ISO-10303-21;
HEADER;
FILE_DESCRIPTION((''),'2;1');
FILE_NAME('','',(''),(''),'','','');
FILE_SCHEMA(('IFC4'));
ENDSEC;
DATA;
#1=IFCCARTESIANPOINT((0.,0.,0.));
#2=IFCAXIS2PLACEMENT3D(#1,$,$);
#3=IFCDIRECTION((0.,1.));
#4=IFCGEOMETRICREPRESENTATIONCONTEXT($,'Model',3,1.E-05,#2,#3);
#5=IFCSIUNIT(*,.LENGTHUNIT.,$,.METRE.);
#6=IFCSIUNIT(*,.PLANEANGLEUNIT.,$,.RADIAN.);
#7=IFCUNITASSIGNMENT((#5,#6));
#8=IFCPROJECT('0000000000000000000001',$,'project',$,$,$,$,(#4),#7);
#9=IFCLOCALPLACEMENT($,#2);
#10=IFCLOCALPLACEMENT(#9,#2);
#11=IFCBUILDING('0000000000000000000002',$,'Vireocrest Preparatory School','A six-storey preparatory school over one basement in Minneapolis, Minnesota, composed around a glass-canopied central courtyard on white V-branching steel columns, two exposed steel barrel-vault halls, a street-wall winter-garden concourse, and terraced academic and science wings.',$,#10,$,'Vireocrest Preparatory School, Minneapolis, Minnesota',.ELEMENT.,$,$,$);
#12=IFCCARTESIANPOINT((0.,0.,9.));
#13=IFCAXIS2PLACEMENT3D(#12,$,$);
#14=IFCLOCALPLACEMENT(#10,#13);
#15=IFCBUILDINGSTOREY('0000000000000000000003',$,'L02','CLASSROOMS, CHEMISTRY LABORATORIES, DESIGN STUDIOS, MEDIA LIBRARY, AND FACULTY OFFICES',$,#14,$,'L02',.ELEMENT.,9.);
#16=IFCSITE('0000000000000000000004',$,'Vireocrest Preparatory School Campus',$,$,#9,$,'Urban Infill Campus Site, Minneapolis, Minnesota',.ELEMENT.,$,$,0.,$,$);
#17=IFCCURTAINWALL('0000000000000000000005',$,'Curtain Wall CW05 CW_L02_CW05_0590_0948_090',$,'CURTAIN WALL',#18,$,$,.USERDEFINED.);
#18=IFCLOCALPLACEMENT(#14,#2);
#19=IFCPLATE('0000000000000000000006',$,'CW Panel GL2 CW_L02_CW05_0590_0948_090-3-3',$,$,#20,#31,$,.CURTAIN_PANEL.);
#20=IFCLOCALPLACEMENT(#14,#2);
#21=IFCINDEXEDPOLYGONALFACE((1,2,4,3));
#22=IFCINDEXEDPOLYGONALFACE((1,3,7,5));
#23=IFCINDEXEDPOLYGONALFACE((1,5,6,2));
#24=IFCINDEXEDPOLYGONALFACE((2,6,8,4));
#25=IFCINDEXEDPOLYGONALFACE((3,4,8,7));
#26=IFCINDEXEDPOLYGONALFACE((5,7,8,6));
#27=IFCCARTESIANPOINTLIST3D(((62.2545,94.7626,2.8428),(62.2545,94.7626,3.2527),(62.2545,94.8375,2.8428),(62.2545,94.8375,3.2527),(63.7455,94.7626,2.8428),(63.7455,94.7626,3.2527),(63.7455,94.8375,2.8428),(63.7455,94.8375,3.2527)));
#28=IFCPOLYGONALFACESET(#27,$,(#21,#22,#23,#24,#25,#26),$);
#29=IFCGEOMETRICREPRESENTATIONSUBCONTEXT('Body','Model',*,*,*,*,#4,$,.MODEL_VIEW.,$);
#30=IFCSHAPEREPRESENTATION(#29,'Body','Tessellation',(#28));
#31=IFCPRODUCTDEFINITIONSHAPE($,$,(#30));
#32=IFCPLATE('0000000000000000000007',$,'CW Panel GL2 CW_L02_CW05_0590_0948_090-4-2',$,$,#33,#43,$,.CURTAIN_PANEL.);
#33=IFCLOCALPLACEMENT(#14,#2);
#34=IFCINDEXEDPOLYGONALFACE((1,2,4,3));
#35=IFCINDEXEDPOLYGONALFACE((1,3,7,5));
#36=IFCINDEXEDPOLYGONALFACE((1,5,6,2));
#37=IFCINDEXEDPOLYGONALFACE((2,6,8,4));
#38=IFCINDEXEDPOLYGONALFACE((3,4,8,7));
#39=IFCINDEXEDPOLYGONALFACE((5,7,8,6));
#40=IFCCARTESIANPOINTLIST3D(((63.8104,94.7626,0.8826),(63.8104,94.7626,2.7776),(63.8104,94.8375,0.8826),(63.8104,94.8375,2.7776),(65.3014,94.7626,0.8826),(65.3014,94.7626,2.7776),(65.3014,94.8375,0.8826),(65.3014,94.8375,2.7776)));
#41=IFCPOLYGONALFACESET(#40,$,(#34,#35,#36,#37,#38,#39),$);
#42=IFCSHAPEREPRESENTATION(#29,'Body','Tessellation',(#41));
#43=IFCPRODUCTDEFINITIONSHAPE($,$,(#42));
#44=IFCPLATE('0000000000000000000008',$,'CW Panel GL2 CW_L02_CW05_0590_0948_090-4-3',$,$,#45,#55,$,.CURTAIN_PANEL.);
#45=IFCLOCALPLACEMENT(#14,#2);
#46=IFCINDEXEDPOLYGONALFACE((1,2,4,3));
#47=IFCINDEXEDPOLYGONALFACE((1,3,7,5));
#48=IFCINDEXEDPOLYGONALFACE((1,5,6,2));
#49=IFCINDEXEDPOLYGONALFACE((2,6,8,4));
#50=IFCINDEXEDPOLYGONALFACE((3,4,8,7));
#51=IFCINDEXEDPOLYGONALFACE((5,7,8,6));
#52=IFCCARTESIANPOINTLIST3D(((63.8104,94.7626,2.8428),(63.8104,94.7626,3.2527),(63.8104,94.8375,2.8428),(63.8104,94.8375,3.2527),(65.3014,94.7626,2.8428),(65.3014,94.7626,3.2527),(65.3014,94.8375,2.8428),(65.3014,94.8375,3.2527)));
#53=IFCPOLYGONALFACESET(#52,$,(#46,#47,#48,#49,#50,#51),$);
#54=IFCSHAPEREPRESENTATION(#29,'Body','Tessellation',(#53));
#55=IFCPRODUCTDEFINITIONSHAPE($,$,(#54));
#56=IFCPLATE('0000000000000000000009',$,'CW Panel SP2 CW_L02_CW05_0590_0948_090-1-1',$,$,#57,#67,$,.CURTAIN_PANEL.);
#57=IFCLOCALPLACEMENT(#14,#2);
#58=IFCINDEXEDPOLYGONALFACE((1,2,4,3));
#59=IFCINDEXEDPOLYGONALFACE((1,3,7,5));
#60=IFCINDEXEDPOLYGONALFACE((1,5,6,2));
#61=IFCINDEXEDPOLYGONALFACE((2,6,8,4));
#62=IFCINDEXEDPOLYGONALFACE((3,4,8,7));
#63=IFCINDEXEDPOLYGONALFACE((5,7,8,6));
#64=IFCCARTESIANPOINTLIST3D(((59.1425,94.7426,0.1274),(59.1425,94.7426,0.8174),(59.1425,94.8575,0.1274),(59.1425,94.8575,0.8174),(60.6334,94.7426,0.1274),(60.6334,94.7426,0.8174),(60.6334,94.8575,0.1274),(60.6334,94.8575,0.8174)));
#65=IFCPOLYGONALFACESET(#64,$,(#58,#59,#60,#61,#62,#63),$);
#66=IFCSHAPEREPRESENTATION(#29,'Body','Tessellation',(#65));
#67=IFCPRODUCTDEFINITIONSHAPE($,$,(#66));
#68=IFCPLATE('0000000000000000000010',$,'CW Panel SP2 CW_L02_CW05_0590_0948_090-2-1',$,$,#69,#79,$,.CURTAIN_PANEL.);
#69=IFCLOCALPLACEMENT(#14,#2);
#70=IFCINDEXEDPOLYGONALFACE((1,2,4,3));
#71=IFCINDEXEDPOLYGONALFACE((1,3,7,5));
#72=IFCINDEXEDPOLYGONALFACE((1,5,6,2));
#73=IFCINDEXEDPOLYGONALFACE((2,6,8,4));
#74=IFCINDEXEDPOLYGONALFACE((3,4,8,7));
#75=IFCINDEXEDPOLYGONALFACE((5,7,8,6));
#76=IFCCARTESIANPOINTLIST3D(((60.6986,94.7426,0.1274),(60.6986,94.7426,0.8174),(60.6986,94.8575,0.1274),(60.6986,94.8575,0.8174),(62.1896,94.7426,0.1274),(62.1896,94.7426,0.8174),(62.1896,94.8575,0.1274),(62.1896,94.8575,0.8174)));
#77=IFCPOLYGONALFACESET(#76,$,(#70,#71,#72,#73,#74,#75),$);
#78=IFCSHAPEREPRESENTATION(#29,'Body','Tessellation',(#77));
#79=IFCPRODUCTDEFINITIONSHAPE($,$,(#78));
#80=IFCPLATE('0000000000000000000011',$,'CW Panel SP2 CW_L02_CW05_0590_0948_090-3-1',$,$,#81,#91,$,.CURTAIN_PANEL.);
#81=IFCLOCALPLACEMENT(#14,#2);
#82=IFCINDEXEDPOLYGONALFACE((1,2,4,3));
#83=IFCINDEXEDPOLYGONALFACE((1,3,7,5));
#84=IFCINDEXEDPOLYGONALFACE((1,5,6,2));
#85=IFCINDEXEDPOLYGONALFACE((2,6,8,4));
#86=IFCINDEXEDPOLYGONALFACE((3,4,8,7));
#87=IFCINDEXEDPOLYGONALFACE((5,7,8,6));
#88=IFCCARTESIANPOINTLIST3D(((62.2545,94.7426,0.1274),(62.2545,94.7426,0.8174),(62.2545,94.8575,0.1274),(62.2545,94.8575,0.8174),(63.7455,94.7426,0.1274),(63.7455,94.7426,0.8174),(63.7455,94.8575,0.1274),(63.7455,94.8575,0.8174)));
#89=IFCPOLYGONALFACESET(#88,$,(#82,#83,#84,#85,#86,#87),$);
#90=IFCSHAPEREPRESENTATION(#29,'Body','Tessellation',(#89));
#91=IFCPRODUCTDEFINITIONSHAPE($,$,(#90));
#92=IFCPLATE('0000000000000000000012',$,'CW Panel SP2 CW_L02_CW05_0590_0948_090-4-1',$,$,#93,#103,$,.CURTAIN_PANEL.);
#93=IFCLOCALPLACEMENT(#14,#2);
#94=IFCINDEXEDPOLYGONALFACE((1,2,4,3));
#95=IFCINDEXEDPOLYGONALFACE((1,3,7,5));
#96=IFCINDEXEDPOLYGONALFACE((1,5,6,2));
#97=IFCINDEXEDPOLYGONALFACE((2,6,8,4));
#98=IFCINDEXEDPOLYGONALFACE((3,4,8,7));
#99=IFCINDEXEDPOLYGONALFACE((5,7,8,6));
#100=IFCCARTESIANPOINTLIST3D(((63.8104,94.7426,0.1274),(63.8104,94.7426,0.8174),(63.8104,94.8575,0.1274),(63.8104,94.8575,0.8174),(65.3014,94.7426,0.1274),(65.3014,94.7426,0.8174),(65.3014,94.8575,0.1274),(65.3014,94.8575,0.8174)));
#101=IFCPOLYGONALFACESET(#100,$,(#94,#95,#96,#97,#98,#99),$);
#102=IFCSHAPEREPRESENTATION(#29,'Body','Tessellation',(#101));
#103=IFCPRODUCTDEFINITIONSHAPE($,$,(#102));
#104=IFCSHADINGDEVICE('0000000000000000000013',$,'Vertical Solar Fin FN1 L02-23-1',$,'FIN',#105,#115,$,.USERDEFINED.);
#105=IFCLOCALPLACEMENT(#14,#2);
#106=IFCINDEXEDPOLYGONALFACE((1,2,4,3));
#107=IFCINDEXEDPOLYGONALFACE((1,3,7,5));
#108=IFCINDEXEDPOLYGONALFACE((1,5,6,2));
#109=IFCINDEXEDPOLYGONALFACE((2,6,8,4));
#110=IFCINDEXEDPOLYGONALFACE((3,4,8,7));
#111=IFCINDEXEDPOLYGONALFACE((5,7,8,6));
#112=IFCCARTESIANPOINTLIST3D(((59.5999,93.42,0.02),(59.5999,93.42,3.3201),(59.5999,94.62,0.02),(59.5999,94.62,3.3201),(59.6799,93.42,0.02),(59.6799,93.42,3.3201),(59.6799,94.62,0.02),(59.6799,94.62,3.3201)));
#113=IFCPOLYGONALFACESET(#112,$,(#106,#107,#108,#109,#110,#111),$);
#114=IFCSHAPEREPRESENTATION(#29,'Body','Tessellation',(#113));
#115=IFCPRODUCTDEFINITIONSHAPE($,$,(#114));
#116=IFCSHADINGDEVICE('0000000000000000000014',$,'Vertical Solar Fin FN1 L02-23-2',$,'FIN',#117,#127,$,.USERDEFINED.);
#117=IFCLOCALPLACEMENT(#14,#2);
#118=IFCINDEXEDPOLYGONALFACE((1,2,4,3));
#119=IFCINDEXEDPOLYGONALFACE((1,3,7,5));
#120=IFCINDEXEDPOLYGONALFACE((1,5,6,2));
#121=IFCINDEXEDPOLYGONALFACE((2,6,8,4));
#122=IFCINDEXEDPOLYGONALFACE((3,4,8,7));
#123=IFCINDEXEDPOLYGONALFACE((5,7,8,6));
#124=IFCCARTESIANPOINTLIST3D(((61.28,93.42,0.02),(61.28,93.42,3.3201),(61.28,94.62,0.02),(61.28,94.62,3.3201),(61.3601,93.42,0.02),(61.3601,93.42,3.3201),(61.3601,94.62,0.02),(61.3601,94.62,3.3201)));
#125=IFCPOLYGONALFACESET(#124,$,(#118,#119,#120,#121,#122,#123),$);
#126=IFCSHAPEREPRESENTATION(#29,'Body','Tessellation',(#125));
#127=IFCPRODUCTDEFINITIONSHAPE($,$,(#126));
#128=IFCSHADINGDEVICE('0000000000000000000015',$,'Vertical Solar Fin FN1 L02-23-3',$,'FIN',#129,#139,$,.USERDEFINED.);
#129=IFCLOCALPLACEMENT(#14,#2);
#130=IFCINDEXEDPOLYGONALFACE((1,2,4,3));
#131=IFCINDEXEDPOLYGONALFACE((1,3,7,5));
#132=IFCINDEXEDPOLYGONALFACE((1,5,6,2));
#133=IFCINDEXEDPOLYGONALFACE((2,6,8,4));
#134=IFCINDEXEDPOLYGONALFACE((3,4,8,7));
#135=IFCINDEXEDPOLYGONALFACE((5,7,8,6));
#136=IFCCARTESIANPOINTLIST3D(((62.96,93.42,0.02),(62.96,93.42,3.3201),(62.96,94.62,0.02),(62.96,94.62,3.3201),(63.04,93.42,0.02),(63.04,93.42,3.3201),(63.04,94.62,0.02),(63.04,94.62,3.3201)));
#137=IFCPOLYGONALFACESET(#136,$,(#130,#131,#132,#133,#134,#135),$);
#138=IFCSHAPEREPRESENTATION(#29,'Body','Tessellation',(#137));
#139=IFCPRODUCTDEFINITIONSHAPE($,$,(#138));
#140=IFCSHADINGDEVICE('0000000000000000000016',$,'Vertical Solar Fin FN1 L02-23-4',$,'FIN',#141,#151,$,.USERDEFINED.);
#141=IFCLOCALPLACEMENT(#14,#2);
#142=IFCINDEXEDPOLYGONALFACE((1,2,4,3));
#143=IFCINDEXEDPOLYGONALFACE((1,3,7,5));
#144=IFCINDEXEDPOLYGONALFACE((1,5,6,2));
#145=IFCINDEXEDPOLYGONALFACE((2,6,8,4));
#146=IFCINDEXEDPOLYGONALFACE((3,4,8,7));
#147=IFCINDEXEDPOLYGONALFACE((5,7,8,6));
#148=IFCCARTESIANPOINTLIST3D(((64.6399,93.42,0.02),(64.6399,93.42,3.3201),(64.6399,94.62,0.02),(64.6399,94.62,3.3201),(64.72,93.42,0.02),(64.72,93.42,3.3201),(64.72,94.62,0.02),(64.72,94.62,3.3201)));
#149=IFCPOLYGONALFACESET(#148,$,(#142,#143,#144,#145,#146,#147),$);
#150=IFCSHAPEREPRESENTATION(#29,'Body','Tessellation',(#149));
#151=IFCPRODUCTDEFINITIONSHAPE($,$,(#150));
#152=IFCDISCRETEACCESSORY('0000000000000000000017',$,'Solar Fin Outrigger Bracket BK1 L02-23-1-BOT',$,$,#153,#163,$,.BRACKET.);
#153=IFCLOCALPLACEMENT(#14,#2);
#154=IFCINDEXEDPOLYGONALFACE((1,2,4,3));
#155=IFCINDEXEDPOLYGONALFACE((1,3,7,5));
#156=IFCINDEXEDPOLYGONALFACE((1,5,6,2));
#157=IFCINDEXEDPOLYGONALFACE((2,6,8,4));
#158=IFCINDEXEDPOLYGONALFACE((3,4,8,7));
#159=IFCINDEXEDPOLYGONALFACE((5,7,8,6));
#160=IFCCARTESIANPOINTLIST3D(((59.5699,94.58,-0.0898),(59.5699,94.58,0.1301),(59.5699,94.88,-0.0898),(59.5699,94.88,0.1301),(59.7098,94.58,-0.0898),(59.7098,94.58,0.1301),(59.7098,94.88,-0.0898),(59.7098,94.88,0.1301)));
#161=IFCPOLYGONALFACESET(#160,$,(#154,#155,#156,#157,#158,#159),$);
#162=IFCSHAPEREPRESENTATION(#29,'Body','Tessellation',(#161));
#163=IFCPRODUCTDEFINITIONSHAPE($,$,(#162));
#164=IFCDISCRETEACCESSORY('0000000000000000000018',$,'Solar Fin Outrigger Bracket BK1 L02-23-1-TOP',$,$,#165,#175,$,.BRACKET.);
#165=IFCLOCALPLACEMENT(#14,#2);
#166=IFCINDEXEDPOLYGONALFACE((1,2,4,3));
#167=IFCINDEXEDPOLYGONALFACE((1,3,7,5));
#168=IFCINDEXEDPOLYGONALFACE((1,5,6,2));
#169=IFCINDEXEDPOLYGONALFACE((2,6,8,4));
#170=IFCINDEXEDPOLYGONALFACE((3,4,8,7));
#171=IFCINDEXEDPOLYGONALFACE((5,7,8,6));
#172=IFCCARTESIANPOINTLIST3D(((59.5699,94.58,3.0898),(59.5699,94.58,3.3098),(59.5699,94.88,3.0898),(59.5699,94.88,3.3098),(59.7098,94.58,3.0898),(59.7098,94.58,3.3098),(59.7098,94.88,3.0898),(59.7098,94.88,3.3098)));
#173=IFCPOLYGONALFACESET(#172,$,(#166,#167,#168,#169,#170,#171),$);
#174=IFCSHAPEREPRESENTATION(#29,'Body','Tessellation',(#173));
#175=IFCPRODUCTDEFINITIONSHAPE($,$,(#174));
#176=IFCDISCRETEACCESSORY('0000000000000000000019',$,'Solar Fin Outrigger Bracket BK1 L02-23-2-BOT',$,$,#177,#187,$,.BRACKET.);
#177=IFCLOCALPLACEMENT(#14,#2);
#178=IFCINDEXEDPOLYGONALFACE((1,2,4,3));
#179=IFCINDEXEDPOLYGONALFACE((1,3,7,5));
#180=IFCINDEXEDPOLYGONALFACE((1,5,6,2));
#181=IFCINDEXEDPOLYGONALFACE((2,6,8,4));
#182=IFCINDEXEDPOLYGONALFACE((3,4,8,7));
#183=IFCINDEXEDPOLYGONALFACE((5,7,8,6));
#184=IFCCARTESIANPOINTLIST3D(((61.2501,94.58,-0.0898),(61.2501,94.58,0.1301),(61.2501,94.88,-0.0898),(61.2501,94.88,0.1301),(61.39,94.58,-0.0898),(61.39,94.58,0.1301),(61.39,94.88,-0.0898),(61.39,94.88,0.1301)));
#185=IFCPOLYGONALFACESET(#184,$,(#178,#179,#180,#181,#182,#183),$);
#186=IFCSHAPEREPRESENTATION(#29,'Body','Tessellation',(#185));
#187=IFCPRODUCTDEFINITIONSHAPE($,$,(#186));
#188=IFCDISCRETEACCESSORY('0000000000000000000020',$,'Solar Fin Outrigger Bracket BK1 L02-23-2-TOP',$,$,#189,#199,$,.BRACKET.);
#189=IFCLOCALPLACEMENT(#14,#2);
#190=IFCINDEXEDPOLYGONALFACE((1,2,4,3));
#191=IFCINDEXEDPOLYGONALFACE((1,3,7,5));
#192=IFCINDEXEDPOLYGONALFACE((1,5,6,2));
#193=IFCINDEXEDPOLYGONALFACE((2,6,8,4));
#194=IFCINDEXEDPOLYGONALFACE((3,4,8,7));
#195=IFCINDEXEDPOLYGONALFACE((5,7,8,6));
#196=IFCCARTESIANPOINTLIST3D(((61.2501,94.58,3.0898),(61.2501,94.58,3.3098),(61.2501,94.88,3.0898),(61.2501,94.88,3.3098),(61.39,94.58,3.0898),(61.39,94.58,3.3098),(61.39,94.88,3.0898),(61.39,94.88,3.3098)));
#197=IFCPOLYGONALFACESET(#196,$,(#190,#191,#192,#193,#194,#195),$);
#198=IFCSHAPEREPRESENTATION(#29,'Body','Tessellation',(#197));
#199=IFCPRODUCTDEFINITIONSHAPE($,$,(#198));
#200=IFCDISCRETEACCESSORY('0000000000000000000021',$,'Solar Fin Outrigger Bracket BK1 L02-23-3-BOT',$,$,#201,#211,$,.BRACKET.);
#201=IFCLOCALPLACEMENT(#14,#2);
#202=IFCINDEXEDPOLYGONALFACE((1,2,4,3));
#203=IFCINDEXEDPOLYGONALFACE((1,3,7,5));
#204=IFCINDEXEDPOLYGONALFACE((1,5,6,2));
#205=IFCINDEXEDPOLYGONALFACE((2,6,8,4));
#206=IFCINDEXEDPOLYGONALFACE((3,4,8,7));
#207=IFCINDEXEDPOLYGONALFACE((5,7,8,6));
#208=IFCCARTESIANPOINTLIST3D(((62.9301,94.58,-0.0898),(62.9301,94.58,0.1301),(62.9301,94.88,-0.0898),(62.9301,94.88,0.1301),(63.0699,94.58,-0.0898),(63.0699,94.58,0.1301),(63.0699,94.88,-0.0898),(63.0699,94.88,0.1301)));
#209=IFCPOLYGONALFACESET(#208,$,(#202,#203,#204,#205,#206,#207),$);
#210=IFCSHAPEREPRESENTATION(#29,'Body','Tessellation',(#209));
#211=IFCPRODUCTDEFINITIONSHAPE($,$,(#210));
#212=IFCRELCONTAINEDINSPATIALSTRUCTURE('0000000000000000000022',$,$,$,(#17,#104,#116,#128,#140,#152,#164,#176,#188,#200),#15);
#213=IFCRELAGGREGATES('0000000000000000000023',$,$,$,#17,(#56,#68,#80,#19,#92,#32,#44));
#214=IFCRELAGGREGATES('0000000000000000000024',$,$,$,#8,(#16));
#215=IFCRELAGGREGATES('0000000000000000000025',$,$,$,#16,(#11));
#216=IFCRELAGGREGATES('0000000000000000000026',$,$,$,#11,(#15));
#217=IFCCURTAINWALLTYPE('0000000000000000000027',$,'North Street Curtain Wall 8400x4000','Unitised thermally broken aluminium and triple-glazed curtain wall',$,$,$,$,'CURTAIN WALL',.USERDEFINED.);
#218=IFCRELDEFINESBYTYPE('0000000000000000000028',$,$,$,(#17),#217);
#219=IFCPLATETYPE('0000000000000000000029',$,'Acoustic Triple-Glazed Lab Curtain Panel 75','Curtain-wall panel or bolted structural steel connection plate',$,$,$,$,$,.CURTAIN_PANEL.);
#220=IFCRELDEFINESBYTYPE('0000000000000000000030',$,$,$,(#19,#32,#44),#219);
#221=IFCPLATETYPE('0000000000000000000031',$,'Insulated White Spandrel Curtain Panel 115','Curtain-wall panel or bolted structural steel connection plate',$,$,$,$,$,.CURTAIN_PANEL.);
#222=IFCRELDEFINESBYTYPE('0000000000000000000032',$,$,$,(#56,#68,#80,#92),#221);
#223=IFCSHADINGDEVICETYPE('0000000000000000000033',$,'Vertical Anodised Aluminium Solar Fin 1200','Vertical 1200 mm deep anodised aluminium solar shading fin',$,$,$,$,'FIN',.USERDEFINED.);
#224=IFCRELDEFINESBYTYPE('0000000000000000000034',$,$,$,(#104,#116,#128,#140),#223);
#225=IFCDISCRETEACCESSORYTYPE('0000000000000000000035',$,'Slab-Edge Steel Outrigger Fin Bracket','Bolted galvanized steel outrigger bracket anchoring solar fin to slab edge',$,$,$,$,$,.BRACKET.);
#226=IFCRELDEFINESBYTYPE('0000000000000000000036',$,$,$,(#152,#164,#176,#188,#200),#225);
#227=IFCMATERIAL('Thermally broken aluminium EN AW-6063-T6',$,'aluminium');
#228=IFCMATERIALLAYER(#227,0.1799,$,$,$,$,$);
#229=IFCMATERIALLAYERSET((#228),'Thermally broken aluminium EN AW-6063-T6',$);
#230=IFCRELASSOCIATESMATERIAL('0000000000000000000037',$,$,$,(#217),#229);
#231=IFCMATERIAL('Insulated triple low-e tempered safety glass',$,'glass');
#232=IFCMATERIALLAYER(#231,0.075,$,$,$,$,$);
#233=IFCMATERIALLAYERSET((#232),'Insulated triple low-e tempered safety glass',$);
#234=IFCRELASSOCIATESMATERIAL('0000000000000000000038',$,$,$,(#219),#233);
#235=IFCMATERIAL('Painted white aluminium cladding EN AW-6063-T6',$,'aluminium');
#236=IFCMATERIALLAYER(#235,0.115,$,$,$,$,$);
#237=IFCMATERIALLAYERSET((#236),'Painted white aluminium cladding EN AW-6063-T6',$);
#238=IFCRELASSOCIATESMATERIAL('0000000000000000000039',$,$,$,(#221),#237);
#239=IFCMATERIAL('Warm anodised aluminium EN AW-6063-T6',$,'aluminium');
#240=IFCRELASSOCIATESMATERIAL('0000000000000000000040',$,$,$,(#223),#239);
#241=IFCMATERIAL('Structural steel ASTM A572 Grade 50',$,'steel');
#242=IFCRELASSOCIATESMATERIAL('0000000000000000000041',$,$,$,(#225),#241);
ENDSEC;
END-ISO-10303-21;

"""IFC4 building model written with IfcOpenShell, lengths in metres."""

from ifc_helpers import new_model, si_unit, direction, frame, origin, origin_2d, place, context, subcontext, project, spatial, rectangle, extrude, material, layer, layer_set, material_profile, profile_set, type_object, element, aggregate, save


model = new_model("IFC4")

# Units and contexts
model_context = context("Model", 3, precision=1e-05, world=origin(), true_north=direction((0.0, 1.0)))
body_context = subcontext(model_context, "Body", "Model", "MODEL_VIEW")
ifc_project = project(units=[si_unit("LENGTHUNIT", "METRE"), si_unit("PLANEANGLEUNIT", "RADIAN")], contexts=[model_context])

# Site, building, storey
site_placement = place(None, origin())
site = spatial("IfcSite", under=ifc_project, at=site_placement, Name="Vireocrest Preparatory School Campus", LongName="Urban Infill Campus Site, Minneapolis, Minnesota", CompositionType="ELEMENT", RefElevation=0.0)
building_placement = place(site_placement, origin())
building = spatial("IfcBuilding", under=site, at=building_placement, Name="Vireocrest Preparatory School", Description="A six-storey preparatory school over one basement in Minneapolis, Minnesota, composed around a glass-canopied central courtyard on white V-branching steel columns, two exposed steel barrel-vault halls, a street-wall winter-garden concourse, and terraced academic and science wings.", LongName="Vireocrest Preparatory School, Minneapolis, Minnesota", CompositionType="ELEMENT")
storey_placement = place(building_placement, frame((0.0, 0.0, 9.0)))
storey = spatial("IfcBuildingStorey", under=building, at=storey_placement, Name="L02", Description="CLASSROOMS, CHEMISTRY LABORATORIES, DESIGN STUDIOS, MEDIA LIBRARY, AND FACULTY OFFICES", LongName="L02", CompositionType="ELEMENT", Elevation=9.0)

# Curtain wall
ifc_material_1 = material(Name="Thermally broken aluminium EN AW-6063-T6", Category="aluminium")
ifc_layer_1 = layer(ifc_material_1, 0.1799)
ifc_layer_set_1 = layer_set([ifc_layer_1], Name="Thermally broken aluminium EN AW-6063-T6")
curtain_wall_type = type_object("IfcCurtainWallType", Name="North Street Curtain Wall 8400x4000", Description="Unitised thermally broken aluminium and triple-glazed curtain wall", ElementType="CURTAIN WALL", PredefinedType="USERDEFINED", material=ifc_layer_set_1)
curtain_wall_placement = place(storey_placement, origin())
curtain_wall = element("IfcCurtainWall", 1, at=curtain_wall_placement, inside=storey, type_object=curtain_wall_type, Name="Curtain Wall CW05 CW_L02_CW05_0590_0948_090", ObjectType="CURTAIN WALL", PredefinedType="USERDEFINED")

# Plates
ifc_material_2 = material(Name="Insulated triple low-e tempered safety glass", Category="glass")
ifc_layer_2 = layer(ifc_material_2, 0.075)
ifc_layer_set_2 = layer_set([ifc_layer_2], Name="Insulated triple low-e tempered safety glass")
plate_type_1 = type_object("IfcPlateType", Name="Acoustic Triple-Glazed Lab Curtain Panel 75", Description="Curtain-wall panel or bolted structural steel connection plate", PredefinedType="CURTAIN_PANEL", material=ifc_layer_set_2)
plate_1_placement = place(storey_placement, frame((63.0, 94.8, 2.8428), z_axis=(0.0, 0.0, 1.0), x_axis=(1.0, 0.0, 0.0)))
plate_1 = element("IfcPlate", 2, at=plate_1_placement, type_object=plate_type_1, Name="CW Panel GL2 CW_L02_CW05_0590_0948_090-3-3", PredefinedType="CURTAIN_PANEL", context=body_context, shape_type="SweptSolid", body=[
    extrude(rectangle(XDim=1.491, YDim=0.075, at=origin_2d()), origin(), (0.0, 0.0, 1.0), 0.4099),
])
plate_2_placement = place(storey_placement, frame((64.5559, 94.8, 0.8826), z_axis=(0.0, 0.0, 1.0), x_axis=(1.0, 0.0, 0.0)))
plate_2 = element("IfcPlate", 3, at=plate_2_placement, type_object=plate_type_1, Name="CW Panel GL2 CW_L02_CW05_0590_0948_090-4-2", PredefinedType="CURTAIN_PANEL", context=body_context, shape_type="SweptSolid", body=[
    extrude(rectangle(XDim=1.491, YDim=0.075, at=origin_2d()), origin(), (0.0, 0.0, 1.0), 1.895),
])
plate_3_placement = place(storey_placement, frame((64.5559, 94.8, 2.8428), z_axis=(0.0, 0.0, 1.0), x_axis=(1.0, 0.0, 0.0)))
plate_3 = element("IfcPlate", 4, at=plate_3_placement, type_object=plate_type_1, Name="CW Panel GL2 CW_L02_CW05_0590_0948_090-4-3", PredefinedType="CURTAIN_PANEL", context=body_context, shape_type="SweptSolid", body=[
    extrude(rectangle(XDim=1.491, YDim=0.075, at=origin_2d()), origin(), (0.0, 0.0, 1.0), 0.4099),
])
ifc_material_3 = material(Name="Painted white aluminium cladding EN AW-6063-T6", Category="aluminium")
ifc_layer_3 = layer(ifc_material_3, 0.115)
ifc_layer_set_3 = layer_set([ifc_layer_3], Name="Painted white aluminium cladding EN AW-6063-T6")
plate_type_2 = type_object("IfcPlateType", Name="Insulated White Spandrel Curtain Panel 115", Description="Curtain-wall panel or bolted structural steel connection plate", PredefinedType="CURTAIN_PANEL", material=ifc_layer_set_3)
plate_4_placement = place(storey_placement, frame((59.8879, 94.8, 0.1274), z_axis=(0.0, 0.0, 1.0), x_axis=(1.0, 0.0, 0.0)))
plate_4 = element("IfcPlate", 5, at=plate_4_placement, type_object=plate_type_2, Name="CW Panel SP2 CW_L02_CW05_0590_0948_090-1-1", PredefinedType="CURTAIN_PANEL", context=body_context, shape_type="SweptSolid", body=[
    extrude(rectangle(XDim=1.491, YDim=0.115, at=origin_2d()), origin(), (0.0, 0.0, 1.0), 0.6899),
])
plate_5_placement = place(storey_placement, frame((61.4441, 94.8, 0.1274), z_axis=(0.0, 0.0, 1.0), x_axis=(1.0, 0.0, 0.0)))
plate_5 = element("IfcPlate", 6, at=plate_5_placement, type_object=plate_type_2, Name="CW Panel SP2 CW_L02_CW05_0590_0948_090-2-1", PredefinedType="CURTAIN_PANEL", context=body_context, shape_type="SweptSolid", body=[
    extrude(rectangle(XDim=1.491, YDim=0.115, at=origin_2d()), origin(), (0.0, 0.0, 1.0), 0.6899),
])
plate_6_placement = place(storey_placement, frame((63.0, 94.8, 0.1274), z_axis=(0.0, 0.0, 1.0), x_axis=(1.0, 0.0, 0.0)))
plate_6 = element("IfcPlate", 7, at=plate_6_placement, type_object=plate_type_2, Name="CW Panel SP2 CW_L02_CW05_0590_0948_090-3-1", PredefinedType="CURTAIN_PANEL", context=body_context, shape_type="SweptSolid", body=[
    extrude(rectangle(XDim=1.491, YDim=0.115, at=origin_2d()), origin(), (0.0, 0.0, 1.0), 0.6899),
])
plate_7_placement = place(storey_placement, frame((64.5559, 94.8, 0.1274), z_axis=(0.0, 0.0, 1.0), x_axis=(1.0, 0.0, 0.0)))
plate_7 = element("IfcPlate", 8, at=plate_7_placement, type_object=plate_type_2, Name="CW Panel SP2 CW_L02_CW05_0590_0948_090-4-1", PredefinedType="CURTAIN_PANEL", context=body_context, shape_type="SweptSolid", body=[
    extrude(rectangle(XDim=1.491, YDim=0.115, at=origin_2d()), origin(), (0.0, 0.0, 1.0), 0.6899),
])
aggregate(curtain_wall, [plate_4, plate_5, plate_6, plate_1, plate_7, plate_2, plate_3])

# Shading devices
ifc_material_4 = material(Name="Warm anodised aluminium EN AW-6063-T6", Category="aluminium")
ifc_material_profile_1 = material_profile(ifc_material_4, rectangle(XDim=0.0801, YDim=1.2, at=origin_2d()), Name="FIN 80x1200")
ifc_profile_set_1 = profile_set([ifc_material_profile_1], Name="Warm anodised aluminium EN AW-6063-T6")
shading_device_type = type_object("IfcShadingDeviceType", Name="Vertical Anodised Aluminium Solar Fin 1200", Description="Vertical 1200 mm deep anodised aluminium solar shading fin", ElementType="FIN", PredefinedType="USERDEFINED", material=ifc_profile_set_1)
for number, where, z_axis, x_axis, name in (
    (9, (59.6399, 94.02, 0.02), (0.0, 0.0, 1.0), (-1.0, 0.0, 0.0), "Vertical Solar Fin FN1 L02-23-1"),
    (10, (61.3201, 94.02, 0.02), (0.0, 0.0, 1.0), (-1.0, 0.0, 0.0), "Vertical Solar Fin FN1 L02-23-2"),
    (11, (63.0, 94.02, 0.02), (0.0, 0.0, 1.0), (-1.0, 0.0, 0.0), "Vertical Solar Fin FN1 L02-23-3"),
    (12, (64.6799, 94.02, 0.02), (0.0, 0.0, 1.0), (-1.0, 0.0, 0.0), "Vertical Solar Fin FN1 L02-23-4"),
):
    element("IfcShadingDevice", number, at=place(storey_placement, frame(where, z_axis=z_axis, x_axis=x_axis)), inside=storey, type_object=shading_device_type, Name=name, ObjectType="FIN", PredefinedType="USERDEFINED", context=body_context, shape_type="SweptSolid", body=[
        extrude(rectangle(XDim=0.0801, YDim=1.2, at=origin_2d()), origin(), (0.0, 0.0, 1.0), 3.3),
    ])

# Discrete accessories
ifc_material_5 = material(Name="Structural steel ASTM A572 Grade 50", Category="steel")
discrete_accessory_type = type_object("IfcDiscreteAccessoryType", Name="Slab-Edge Steel Outrigger Fin Bracket", Description="Bolted galvanized steel outrigger bracket anchoring solar fin to slab edge", PredefinedType="BRACKET", material=ifc_material_5)
for number, where, z_axis, x_axis, name in (
    (13, (59.6399, 94.73, -0.0898), (0.0, 0.0, 1.0), (-1.0, 0.0, 0.0), "Solar Fin Outrigger Bracket BK1 L02-23-1-BOT"),
    (14, (59.6399, 94.73, 3.0898), (0.0, 0.0, 1.0), (-1.0, 0.0, 0.0), "Solar Fin Outrigger Bracket BK1 L02-23-1-TOP"),
    (15, (61.3201, 94.73, -0.0898), (0.0, 0.0, 1.0), (-1.0, 0.0, 0.0), "Solar Fin Outrigger Bracket BK1 L02-23-2-BOT"),
    (16, (61.3201, 94.73, 3.0898), (0.0, 0.0, 1.0), (-1.0, 0.0, 0.0), "Solar Fin Outrigger Bracket BK1 L02-23-2-TOP"),
    (17, (63.0, 94.73, -0.0898), (0.0, 0.0, 1.0), (-1.0, 0.0, 0.0), "Solar Fin Outrigger Bracket BK1 L02-23-3-BOT"),
):
    element("IfcDiscreteAccessory", number, at=place(storey_placement, frame(where, z_axis=z_axis, x_axis=x_axis)), inside=storey, type_object=discrete_accessory_type, Name=name, PredefinedType="BRACKET", context=body_context, shape_type="SweptSolid", body=[
        extrude(rectangle(XDim=0.1399, YDim=0.3, at=origin_2d()), origin(), (0.0, 0.0, 1.0), 0.22),
    ])

save(model, "model.ifc")
